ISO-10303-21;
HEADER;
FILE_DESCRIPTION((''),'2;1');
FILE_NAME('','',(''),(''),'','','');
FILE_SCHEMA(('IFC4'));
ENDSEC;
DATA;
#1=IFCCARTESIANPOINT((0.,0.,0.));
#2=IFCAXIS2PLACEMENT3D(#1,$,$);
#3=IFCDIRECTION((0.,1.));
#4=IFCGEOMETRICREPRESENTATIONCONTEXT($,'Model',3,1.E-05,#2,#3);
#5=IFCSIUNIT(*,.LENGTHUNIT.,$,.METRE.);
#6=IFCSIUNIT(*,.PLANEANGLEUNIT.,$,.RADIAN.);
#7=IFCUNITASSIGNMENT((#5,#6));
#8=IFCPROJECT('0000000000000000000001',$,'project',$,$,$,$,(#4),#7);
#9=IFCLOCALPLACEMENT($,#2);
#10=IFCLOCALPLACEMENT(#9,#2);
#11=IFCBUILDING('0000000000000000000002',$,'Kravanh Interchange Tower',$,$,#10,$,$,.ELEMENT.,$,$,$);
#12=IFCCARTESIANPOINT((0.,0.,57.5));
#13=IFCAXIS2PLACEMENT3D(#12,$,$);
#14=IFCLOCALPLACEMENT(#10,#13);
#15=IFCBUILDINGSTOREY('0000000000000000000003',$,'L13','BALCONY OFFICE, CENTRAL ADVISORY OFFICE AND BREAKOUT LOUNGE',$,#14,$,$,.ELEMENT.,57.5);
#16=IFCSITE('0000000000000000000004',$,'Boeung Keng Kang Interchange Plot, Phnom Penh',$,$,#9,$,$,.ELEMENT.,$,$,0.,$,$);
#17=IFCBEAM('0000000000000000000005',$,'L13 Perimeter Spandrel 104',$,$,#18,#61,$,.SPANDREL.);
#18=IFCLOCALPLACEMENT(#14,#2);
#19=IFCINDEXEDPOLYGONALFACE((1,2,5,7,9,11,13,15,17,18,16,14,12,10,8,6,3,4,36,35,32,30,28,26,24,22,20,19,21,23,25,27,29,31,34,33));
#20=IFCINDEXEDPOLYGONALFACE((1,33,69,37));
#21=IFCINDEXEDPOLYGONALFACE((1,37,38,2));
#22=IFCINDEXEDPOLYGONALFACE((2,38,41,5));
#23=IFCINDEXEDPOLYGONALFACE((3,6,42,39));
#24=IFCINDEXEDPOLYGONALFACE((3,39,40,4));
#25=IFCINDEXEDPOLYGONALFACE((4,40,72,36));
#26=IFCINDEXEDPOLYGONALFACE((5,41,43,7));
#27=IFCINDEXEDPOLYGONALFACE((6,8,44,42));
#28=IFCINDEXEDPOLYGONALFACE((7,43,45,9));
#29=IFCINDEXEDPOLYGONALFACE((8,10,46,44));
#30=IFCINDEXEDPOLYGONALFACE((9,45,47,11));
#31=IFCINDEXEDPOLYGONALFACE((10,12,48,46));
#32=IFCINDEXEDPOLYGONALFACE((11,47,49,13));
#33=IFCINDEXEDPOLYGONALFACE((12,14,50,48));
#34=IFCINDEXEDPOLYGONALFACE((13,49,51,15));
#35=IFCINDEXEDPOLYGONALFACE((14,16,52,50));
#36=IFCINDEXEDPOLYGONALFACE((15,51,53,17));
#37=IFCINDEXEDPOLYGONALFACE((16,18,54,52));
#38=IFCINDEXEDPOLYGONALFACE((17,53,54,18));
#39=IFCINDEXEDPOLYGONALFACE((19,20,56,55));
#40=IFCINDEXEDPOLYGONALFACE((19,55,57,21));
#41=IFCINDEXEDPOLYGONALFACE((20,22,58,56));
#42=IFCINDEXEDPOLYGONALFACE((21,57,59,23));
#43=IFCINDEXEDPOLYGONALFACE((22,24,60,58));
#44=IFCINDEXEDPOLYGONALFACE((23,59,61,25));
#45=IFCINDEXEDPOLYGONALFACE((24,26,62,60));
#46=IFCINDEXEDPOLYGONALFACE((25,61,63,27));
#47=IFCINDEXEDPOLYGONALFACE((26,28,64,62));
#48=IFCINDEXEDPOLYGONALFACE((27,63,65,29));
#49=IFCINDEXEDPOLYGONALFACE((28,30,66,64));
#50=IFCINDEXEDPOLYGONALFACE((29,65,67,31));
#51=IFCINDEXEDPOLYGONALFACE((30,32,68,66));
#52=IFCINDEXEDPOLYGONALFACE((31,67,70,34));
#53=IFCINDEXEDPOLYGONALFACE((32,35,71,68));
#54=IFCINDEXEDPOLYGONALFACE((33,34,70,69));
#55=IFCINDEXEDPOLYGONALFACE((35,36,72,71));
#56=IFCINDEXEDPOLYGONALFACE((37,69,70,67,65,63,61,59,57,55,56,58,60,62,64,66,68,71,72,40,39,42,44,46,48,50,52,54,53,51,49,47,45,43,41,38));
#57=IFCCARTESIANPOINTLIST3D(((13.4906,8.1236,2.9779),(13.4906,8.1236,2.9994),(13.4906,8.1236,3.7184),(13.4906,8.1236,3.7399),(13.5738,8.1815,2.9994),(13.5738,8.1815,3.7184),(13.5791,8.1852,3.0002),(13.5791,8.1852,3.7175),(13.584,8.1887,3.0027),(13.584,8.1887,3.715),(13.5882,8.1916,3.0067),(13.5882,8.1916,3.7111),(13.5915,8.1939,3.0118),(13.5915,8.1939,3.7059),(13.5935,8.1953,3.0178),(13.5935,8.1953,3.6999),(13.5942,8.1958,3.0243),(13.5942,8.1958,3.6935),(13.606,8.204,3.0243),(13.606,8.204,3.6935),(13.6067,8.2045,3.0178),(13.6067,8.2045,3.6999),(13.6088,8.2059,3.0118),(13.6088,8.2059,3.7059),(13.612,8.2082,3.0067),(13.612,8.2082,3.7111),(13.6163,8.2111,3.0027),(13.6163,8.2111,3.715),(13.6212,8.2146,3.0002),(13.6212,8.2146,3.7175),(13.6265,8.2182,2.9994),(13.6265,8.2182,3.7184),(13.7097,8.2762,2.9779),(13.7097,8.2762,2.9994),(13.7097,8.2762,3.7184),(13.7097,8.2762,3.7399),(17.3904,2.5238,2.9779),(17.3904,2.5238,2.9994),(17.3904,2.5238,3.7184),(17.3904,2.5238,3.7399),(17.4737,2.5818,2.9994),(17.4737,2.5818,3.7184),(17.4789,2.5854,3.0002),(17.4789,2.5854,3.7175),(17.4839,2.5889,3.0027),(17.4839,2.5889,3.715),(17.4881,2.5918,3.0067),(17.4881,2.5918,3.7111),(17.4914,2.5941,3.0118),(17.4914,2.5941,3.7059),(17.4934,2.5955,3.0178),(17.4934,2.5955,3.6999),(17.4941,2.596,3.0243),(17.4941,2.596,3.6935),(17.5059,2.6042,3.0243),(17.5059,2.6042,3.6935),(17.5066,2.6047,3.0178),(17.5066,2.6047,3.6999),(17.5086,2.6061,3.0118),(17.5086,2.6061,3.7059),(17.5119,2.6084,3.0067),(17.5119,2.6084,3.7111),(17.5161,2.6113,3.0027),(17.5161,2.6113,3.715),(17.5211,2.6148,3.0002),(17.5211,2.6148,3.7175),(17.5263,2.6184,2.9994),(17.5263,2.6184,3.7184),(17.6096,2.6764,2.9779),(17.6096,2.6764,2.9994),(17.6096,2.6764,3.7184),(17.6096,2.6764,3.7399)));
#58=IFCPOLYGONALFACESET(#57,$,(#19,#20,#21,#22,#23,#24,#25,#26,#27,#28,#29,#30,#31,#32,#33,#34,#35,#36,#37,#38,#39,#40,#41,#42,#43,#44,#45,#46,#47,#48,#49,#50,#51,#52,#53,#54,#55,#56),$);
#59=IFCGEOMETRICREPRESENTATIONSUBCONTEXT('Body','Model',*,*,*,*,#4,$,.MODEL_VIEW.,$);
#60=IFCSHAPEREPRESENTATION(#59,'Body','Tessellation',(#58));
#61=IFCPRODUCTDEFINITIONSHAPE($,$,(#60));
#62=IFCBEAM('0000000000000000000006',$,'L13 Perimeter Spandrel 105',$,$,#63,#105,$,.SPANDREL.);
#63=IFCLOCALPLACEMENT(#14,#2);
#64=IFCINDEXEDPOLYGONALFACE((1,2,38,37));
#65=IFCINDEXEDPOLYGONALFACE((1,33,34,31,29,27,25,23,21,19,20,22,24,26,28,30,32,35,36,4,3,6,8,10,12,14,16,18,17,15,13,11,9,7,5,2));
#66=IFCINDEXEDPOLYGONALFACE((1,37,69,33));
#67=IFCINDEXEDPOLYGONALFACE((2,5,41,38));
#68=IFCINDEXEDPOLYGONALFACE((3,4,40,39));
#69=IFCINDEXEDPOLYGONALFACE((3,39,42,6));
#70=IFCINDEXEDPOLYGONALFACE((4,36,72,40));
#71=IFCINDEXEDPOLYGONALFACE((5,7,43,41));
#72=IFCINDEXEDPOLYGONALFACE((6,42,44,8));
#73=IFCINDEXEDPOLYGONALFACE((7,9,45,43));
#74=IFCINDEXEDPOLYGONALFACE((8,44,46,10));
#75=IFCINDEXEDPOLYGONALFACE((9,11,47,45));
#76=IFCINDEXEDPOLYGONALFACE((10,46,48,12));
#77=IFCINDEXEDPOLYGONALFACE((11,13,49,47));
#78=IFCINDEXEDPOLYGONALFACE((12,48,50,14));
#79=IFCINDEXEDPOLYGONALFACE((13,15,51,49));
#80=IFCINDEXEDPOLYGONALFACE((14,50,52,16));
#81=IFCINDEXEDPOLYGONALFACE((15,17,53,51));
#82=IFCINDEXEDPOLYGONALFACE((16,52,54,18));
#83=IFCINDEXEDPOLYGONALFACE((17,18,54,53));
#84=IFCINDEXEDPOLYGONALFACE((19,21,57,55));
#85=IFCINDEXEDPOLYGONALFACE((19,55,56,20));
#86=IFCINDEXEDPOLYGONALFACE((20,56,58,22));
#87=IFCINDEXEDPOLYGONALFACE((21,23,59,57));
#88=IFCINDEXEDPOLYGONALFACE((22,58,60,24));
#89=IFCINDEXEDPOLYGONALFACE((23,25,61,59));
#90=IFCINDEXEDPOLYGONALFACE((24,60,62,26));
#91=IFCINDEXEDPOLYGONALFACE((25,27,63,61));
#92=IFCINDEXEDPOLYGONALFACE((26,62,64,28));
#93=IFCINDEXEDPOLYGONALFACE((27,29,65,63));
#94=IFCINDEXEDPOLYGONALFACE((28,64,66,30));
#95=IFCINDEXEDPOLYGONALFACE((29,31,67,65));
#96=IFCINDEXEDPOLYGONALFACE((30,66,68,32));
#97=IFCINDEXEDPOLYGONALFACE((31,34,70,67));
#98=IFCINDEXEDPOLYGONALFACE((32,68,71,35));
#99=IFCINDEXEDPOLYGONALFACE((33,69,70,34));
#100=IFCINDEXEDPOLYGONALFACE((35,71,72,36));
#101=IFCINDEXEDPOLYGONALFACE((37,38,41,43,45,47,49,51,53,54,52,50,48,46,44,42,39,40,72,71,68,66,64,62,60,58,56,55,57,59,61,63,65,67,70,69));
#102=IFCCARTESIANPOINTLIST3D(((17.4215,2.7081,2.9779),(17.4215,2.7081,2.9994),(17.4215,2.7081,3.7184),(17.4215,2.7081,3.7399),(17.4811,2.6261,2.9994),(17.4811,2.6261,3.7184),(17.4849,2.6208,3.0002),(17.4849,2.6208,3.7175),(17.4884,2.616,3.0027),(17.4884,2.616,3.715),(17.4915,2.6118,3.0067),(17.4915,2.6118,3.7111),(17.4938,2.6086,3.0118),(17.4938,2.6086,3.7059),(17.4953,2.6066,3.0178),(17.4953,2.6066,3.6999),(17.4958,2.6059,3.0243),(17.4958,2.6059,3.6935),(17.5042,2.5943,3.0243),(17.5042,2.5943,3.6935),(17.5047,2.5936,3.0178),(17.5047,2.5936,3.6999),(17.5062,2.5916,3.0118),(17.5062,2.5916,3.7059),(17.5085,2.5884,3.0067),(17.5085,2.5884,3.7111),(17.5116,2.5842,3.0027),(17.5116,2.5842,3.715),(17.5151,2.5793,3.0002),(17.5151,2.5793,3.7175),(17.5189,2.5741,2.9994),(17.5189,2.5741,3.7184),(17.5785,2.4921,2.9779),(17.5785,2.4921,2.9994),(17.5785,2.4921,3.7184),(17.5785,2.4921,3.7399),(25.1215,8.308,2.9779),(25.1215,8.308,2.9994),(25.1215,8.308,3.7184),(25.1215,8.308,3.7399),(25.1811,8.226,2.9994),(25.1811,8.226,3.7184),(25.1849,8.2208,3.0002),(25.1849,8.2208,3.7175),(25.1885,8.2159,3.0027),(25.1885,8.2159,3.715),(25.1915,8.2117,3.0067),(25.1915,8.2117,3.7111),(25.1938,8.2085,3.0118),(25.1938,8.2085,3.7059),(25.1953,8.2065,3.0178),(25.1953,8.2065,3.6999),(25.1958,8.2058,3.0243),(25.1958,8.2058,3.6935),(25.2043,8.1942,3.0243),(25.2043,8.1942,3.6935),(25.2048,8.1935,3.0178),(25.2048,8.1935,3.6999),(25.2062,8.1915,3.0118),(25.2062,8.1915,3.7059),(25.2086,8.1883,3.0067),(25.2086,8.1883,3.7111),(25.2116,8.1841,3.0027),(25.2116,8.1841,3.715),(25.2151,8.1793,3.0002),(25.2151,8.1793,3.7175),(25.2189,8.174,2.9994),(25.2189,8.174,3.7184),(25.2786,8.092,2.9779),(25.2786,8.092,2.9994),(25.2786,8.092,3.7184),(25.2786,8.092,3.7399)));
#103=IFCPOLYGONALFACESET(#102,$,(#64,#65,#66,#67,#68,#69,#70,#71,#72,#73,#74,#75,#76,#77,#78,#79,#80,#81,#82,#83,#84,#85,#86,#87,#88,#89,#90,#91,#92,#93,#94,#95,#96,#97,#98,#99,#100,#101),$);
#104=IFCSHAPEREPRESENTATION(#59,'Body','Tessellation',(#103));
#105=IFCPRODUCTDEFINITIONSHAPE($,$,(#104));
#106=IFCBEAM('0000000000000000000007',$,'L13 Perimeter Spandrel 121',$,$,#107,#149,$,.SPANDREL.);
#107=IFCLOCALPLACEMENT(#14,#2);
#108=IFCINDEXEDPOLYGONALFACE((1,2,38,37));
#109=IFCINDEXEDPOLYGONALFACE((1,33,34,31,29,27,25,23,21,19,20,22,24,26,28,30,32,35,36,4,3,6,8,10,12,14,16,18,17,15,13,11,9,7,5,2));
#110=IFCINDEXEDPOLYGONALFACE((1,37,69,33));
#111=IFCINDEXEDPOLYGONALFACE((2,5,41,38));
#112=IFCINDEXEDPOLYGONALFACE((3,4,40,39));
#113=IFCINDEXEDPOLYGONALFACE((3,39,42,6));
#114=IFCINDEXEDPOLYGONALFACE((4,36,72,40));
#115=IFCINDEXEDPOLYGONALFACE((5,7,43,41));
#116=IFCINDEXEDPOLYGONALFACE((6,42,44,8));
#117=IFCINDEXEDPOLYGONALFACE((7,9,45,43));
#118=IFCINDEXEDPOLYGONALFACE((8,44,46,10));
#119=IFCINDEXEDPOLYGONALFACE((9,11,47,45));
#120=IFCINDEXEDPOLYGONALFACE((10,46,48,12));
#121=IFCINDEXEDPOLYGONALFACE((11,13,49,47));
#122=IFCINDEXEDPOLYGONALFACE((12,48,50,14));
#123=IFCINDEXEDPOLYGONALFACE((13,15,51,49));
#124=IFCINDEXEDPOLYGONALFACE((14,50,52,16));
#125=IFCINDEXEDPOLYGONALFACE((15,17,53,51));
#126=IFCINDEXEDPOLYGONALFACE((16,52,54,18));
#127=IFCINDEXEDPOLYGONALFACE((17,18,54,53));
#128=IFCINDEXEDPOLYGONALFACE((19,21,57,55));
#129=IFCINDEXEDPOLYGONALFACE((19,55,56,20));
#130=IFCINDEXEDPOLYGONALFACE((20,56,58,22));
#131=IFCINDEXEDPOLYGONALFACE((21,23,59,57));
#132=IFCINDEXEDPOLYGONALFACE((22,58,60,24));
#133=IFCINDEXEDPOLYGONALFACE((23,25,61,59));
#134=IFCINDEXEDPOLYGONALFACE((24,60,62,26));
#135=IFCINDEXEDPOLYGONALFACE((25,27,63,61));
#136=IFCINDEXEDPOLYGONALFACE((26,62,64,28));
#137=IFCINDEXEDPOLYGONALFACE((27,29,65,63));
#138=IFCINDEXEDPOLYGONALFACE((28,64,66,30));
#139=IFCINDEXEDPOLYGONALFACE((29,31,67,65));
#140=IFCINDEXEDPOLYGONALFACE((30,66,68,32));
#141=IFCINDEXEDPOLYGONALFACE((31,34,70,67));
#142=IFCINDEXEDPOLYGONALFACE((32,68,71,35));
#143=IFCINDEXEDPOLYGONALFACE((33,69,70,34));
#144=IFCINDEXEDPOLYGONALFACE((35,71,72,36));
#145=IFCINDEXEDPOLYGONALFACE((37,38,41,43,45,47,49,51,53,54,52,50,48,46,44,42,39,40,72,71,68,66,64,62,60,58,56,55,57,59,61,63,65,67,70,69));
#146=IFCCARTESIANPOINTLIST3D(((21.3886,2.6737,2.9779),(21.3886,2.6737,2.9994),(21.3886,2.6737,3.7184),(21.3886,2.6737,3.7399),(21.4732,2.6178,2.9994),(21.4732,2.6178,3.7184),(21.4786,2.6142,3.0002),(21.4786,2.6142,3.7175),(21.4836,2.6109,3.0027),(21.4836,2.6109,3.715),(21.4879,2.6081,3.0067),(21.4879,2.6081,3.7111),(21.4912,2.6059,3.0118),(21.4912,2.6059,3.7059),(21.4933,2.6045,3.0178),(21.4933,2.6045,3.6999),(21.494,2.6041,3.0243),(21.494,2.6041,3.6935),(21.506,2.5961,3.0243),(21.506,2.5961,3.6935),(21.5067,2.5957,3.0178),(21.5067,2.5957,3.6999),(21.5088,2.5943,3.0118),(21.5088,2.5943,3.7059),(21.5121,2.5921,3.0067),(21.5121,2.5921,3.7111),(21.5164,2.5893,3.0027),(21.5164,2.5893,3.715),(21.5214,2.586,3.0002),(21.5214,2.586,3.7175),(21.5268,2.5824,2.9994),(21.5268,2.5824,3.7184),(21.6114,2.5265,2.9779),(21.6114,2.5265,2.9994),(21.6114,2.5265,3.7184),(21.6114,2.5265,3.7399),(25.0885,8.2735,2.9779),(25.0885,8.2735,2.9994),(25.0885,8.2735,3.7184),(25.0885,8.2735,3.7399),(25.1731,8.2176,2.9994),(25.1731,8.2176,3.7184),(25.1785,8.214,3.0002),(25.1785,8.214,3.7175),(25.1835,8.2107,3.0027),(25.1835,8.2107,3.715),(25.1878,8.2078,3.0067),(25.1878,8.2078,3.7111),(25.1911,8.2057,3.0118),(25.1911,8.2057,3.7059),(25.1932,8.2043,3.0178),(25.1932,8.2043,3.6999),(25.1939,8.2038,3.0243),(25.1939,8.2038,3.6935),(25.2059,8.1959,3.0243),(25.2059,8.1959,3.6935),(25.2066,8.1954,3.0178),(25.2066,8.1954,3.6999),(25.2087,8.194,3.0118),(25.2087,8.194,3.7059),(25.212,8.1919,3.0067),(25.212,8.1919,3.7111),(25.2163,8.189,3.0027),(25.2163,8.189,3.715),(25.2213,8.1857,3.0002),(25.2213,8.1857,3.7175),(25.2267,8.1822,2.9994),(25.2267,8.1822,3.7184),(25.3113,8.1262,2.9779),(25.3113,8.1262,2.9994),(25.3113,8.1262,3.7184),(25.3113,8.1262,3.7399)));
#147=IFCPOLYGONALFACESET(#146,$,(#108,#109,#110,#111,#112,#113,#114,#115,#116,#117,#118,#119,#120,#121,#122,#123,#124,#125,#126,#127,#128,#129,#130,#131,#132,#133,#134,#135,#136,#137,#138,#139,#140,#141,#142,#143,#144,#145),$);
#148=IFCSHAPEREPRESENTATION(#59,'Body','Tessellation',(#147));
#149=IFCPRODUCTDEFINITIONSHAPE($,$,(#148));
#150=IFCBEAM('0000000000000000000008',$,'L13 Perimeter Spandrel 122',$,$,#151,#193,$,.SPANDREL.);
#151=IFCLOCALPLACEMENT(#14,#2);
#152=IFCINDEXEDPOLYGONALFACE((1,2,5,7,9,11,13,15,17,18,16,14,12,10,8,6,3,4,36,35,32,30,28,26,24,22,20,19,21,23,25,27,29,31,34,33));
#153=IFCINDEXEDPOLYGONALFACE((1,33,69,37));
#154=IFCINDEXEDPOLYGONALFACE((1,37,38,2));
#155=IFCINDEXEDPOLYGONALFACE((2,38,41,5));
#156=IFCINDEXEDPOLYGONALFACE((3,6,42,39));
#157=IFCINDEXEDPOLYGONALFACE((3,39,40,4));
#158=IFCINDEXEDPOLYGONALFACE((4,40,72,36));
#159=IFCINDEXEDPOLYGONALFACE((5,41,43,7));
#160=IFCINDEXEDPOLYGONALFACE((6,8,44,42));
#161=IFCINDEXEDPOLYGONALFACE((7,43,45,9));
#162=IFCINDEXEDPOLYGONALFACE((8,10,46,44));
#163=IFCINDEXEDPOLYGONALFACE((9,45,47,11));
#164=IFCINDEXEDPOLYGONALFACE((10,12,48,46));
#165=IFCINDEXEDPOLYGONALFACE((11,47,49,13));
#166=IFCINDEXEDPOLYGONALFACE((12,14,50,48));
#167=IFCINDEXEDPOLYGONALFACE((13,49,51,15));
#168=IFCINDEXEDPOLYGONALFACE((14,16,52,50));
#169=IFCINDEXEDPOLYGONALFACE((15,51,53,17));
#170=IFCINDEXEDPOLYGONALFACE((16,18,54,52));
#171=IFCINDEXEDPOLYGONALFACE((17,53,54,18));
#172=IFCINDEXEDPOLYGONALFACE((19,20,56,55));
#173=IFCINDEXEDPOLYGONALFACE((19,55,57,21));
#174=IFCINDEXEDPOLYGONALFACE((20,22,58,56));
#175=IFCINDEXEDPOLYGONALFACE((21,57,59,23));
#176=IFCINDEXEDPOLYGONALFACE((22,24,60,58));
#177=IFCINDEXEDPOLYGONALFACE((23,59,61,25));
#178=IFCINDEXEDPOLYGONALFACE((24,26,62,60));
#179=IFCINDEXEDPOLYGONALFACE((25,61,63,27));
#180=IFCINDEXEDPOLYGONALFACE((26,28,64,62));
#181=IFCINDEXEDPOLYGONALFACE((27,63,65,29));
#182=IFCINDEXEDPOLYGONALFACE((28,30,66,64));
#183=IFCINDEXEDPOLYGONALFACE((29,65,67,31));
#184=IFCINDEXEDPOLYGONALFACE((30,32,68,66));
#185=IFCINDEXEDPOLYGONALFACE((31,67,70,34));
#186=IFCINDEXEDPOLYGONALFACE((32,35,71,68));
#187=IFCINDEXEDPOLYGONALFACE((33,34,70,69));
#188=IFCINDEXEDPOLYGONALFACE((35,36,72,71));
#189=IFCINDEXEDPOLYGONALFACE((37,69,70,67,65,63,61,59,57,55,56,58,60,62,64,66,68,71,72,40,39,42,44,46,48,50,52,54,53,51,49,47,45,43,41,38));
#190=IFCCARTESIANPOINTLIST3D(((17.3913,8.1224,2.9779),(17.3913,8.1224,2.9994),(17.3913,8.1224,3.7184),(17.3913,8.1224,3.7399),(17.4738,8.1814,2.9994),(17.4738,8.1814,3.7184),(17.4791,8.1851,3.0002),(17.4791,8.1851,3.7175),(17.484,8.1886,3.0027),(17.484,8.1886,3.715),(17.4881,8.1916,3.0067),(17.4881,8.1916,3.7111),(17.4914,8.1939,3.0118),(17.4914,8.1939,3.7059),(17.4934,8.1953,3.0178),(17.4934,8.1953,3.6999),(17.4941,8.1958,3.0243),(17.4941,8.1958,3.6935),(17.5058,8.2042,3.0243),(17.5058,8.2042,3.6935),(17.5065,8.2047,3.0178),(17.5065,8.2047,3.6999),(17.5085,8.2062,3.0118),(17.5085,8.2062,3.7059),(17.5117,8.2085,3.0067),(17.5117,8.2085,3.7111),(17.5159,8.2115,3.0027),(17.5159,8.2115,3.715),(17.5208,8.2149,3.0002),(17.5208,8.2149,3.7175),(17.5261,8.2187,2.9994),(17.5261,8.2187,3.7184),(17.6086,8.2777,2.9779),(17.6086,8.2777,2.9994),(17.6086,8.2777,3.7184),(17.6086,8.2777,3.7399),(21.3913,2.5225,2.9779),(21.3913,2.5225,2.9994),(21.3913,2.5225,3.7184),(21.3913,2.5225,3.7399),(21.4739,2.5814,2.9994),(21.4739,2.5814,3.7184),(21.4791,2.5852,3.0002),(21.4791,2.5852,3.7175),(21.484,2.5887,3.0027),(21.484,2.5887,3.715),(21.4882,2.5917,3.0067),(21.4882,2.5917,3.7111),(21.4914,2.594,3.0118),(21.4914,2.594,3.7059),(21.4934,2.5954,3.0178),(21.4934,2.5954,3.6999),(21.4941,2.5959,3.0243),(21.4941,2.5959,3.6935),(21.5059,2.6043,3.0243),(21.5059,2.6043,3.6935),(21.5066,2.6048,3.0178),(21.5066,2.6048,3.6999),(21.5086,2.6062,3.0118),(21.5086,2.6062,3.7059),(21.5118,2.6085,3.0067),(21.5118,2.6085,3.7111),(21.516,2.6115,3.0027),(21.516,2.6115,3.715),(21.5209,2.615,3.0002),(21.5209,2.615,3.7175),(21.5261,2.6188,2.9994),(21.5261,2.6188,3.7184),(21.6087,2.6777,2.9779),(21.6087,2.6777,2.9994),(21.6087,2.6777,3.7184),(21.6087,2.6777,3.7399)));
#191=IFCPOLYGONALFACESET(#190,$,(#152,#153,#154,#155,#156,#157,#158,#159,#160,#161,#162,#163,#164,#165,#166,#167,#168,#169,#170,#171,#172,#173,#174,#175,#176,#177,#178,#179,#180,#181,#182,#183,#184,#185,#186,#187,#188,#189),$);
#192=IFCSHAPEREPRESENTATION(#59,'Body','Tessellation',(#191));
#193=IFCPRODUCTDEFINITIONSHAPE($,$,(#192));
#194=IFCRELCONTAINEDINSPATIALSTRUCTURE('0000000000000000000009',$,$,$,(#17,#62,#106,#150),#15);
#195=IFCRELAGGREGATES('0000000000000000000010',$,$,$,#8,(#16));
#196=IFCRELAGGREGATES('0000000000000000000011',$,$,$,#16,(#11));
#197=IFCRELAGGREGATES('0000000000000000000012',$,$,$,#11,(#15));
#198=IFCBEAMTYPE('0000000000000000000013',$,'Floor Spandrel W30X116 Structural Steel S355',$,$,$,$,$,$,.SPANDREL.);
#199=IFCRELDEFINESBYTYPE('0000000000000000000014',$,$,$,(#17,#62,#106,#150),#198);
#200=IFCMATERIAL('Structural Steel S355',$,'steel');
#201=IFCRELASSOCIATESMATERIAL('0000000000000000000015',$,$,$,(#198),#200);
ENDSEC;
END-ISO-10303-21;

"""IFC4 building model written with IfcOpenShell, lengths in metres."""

from ifc_helpers import new_model, si_unit, direction, frame, origin, origin_2d, place, context, subcontext, project, spatial, i_section, extrude, material, material_profile, profile_set, type_object, element, save


model = new_model("IFC4")

# Units and contexts
model_context = context("Model", 3, precision=1e-05, world=origin(), true_north=direction((0.0, 1.0)))
body_context = subcontext(model_context, "Body", "Model", "MODEL_VIEW")
ifc_project = project(units=[si_unit("LENGTHUNIT", "METRE"), si_unit("PLANEANGLEUNIT", "RADIAN")], contexts=[model_context])

# Site, building, storey
site_placement = place(None, origin())
site = spatial("IfcSite", under=ifc_project, at=site_placement, Name="Boeung Keng Kang Interchange Plot, Phnom Penh", CompositionType="ELEMENT", RefElevation=0.0)
building_placement = place(site_placement, origin())
building = spatial("IfcBuilding", under=site, at=building_placement, Name="Kravanh Interchange Tower", CompositionType="ELEMENT")
storey_placement = place(building_placement, frame((0.0, 0.0, 57.5)))
storey = spatial("IfcBuildingStorey", under=building, at=storey_placement, Name="L13", Description="BALCONY OFFICE, CENTRAL ADVISORY OFFICE AND BREAKOUT LOUNGE", CompositionType="ELEMENT", Elevation=57.5)

# Beams
ifc_material_1 = material(Name="Structural Steel S355", Category="steel")
ifc_material_profile_1 = material_profile(ifc_material_1, i_section(OverallWidth=0.2671, OverallDepth=0.762, WebThickness=0.0144, FlangeThickness=0.0215, FilletRadius=0.0249, at=origin_2d()), Name="W30X116")
ifc_profile_set_1 = profile_set([ifc_material_profile_1], Name="Structural Steel S355")
beam_type_1 = type_object("IfcBeamType", Name="Floor Spandrel W30X116 Structural Steel S355", PredefinedType="SPANDREL", material=ifc_profile_set_1)
beam_1_placement = place(storey_placement, frame((17.5, 2.6001, 3.3589), z_axis=(-0.571494, 0.820606, 0.0), x_axis=(-0.820606, -0.571494, 0.0)))
element("IfcBeam", 1, at=beam_1_placement, inside=storey, type_object=beam_type_1, Name="L13 Perimeter Spandrel 104", PredefinedType="SPANDREL", context=body_context, shape_type="SweptSolid", body=[
    extrude(i_section(OverallWidth=0.2671, OverallDepth=0.762, WebThickness=0.0144, FlangeThickness=0.0215, FilletRadius=0.0249, at=origin_2d()), origin(), (0.0, 0.0, 1.0), 6.824),
])
beam_2_placement = place(storey_placement, frame((17.5, 2.6001, 3.3589), z_axis=(0.808742, 0.588164, 0.0), x_axis=(-0.588164, 0.808742, 0.0)))
element("IfcBeam", 2, at=beam_2_placement, inside=storey, type_object=beam_type_1, Name="L13 Perimeter Spandrel 105", PredefinedType="SPANDREL", context=body_context, shape_type="SweptSolid", body=[
    extrude(i_section(OverallWidth=0.2671, OverallDepth=0.762, WebThickness=0.0144, FlangeThickness=0.0215, FilletRadius=0.0249, at=origin_2d()), origin(), (0.0, 0.0, 1.0), 9.521),
])
beam_3_placement = place(storey_placement, frame((21.5, 2.6001, 3.3589), z_axis=(0.551262, 0.834332, 0.0), x_axis=(-0.834332, 0.551262, 0.0)))
element("IfcBeam", 3, at=beam_3_placement, inside=storey, type_object=beam_type_1, Name="L13 Perimeter Spandrel 121", PredefinedType="SPANDREL", context=body_context, shape_type="SweptSolid", body=[
    extrude(i_section(OverallWidth=0.2671, OverallDepth=0.762, WebThickness=0.0144, FlangeThickness=0.0215, FilletRadius=0.0249, at=origin_2d()), origin(), (0.0, 0.0, 1.0), 6.7117),
])
beam_4_placement = place(storey_placement, frame((21.5, 2.6001, 3.3589), z_axis=(-0.581248, 0.813726, 0.0), x_axis=(-0.813726, -0.581248, 0.0)))
element("IfcBeam", 4, at=beam_4_placement, inside=storey, type_object=beam_type_1, Name="L13 Perimeter Spandrel 122", PredefinedType="SPANDREL", context=body_context, shape_type="SweptSolid", body=[
    extrude(i_section(OverallWidth=0.2671, OverallDepth=0.762, WebThickness=0.0144, FlangeThickness=0.0215, FilletRadius=0.0249, at=origin_2d()), origin(), (0.0, 0.0, 1.0), 6.8818),
])

save(model, "model.ifc")
